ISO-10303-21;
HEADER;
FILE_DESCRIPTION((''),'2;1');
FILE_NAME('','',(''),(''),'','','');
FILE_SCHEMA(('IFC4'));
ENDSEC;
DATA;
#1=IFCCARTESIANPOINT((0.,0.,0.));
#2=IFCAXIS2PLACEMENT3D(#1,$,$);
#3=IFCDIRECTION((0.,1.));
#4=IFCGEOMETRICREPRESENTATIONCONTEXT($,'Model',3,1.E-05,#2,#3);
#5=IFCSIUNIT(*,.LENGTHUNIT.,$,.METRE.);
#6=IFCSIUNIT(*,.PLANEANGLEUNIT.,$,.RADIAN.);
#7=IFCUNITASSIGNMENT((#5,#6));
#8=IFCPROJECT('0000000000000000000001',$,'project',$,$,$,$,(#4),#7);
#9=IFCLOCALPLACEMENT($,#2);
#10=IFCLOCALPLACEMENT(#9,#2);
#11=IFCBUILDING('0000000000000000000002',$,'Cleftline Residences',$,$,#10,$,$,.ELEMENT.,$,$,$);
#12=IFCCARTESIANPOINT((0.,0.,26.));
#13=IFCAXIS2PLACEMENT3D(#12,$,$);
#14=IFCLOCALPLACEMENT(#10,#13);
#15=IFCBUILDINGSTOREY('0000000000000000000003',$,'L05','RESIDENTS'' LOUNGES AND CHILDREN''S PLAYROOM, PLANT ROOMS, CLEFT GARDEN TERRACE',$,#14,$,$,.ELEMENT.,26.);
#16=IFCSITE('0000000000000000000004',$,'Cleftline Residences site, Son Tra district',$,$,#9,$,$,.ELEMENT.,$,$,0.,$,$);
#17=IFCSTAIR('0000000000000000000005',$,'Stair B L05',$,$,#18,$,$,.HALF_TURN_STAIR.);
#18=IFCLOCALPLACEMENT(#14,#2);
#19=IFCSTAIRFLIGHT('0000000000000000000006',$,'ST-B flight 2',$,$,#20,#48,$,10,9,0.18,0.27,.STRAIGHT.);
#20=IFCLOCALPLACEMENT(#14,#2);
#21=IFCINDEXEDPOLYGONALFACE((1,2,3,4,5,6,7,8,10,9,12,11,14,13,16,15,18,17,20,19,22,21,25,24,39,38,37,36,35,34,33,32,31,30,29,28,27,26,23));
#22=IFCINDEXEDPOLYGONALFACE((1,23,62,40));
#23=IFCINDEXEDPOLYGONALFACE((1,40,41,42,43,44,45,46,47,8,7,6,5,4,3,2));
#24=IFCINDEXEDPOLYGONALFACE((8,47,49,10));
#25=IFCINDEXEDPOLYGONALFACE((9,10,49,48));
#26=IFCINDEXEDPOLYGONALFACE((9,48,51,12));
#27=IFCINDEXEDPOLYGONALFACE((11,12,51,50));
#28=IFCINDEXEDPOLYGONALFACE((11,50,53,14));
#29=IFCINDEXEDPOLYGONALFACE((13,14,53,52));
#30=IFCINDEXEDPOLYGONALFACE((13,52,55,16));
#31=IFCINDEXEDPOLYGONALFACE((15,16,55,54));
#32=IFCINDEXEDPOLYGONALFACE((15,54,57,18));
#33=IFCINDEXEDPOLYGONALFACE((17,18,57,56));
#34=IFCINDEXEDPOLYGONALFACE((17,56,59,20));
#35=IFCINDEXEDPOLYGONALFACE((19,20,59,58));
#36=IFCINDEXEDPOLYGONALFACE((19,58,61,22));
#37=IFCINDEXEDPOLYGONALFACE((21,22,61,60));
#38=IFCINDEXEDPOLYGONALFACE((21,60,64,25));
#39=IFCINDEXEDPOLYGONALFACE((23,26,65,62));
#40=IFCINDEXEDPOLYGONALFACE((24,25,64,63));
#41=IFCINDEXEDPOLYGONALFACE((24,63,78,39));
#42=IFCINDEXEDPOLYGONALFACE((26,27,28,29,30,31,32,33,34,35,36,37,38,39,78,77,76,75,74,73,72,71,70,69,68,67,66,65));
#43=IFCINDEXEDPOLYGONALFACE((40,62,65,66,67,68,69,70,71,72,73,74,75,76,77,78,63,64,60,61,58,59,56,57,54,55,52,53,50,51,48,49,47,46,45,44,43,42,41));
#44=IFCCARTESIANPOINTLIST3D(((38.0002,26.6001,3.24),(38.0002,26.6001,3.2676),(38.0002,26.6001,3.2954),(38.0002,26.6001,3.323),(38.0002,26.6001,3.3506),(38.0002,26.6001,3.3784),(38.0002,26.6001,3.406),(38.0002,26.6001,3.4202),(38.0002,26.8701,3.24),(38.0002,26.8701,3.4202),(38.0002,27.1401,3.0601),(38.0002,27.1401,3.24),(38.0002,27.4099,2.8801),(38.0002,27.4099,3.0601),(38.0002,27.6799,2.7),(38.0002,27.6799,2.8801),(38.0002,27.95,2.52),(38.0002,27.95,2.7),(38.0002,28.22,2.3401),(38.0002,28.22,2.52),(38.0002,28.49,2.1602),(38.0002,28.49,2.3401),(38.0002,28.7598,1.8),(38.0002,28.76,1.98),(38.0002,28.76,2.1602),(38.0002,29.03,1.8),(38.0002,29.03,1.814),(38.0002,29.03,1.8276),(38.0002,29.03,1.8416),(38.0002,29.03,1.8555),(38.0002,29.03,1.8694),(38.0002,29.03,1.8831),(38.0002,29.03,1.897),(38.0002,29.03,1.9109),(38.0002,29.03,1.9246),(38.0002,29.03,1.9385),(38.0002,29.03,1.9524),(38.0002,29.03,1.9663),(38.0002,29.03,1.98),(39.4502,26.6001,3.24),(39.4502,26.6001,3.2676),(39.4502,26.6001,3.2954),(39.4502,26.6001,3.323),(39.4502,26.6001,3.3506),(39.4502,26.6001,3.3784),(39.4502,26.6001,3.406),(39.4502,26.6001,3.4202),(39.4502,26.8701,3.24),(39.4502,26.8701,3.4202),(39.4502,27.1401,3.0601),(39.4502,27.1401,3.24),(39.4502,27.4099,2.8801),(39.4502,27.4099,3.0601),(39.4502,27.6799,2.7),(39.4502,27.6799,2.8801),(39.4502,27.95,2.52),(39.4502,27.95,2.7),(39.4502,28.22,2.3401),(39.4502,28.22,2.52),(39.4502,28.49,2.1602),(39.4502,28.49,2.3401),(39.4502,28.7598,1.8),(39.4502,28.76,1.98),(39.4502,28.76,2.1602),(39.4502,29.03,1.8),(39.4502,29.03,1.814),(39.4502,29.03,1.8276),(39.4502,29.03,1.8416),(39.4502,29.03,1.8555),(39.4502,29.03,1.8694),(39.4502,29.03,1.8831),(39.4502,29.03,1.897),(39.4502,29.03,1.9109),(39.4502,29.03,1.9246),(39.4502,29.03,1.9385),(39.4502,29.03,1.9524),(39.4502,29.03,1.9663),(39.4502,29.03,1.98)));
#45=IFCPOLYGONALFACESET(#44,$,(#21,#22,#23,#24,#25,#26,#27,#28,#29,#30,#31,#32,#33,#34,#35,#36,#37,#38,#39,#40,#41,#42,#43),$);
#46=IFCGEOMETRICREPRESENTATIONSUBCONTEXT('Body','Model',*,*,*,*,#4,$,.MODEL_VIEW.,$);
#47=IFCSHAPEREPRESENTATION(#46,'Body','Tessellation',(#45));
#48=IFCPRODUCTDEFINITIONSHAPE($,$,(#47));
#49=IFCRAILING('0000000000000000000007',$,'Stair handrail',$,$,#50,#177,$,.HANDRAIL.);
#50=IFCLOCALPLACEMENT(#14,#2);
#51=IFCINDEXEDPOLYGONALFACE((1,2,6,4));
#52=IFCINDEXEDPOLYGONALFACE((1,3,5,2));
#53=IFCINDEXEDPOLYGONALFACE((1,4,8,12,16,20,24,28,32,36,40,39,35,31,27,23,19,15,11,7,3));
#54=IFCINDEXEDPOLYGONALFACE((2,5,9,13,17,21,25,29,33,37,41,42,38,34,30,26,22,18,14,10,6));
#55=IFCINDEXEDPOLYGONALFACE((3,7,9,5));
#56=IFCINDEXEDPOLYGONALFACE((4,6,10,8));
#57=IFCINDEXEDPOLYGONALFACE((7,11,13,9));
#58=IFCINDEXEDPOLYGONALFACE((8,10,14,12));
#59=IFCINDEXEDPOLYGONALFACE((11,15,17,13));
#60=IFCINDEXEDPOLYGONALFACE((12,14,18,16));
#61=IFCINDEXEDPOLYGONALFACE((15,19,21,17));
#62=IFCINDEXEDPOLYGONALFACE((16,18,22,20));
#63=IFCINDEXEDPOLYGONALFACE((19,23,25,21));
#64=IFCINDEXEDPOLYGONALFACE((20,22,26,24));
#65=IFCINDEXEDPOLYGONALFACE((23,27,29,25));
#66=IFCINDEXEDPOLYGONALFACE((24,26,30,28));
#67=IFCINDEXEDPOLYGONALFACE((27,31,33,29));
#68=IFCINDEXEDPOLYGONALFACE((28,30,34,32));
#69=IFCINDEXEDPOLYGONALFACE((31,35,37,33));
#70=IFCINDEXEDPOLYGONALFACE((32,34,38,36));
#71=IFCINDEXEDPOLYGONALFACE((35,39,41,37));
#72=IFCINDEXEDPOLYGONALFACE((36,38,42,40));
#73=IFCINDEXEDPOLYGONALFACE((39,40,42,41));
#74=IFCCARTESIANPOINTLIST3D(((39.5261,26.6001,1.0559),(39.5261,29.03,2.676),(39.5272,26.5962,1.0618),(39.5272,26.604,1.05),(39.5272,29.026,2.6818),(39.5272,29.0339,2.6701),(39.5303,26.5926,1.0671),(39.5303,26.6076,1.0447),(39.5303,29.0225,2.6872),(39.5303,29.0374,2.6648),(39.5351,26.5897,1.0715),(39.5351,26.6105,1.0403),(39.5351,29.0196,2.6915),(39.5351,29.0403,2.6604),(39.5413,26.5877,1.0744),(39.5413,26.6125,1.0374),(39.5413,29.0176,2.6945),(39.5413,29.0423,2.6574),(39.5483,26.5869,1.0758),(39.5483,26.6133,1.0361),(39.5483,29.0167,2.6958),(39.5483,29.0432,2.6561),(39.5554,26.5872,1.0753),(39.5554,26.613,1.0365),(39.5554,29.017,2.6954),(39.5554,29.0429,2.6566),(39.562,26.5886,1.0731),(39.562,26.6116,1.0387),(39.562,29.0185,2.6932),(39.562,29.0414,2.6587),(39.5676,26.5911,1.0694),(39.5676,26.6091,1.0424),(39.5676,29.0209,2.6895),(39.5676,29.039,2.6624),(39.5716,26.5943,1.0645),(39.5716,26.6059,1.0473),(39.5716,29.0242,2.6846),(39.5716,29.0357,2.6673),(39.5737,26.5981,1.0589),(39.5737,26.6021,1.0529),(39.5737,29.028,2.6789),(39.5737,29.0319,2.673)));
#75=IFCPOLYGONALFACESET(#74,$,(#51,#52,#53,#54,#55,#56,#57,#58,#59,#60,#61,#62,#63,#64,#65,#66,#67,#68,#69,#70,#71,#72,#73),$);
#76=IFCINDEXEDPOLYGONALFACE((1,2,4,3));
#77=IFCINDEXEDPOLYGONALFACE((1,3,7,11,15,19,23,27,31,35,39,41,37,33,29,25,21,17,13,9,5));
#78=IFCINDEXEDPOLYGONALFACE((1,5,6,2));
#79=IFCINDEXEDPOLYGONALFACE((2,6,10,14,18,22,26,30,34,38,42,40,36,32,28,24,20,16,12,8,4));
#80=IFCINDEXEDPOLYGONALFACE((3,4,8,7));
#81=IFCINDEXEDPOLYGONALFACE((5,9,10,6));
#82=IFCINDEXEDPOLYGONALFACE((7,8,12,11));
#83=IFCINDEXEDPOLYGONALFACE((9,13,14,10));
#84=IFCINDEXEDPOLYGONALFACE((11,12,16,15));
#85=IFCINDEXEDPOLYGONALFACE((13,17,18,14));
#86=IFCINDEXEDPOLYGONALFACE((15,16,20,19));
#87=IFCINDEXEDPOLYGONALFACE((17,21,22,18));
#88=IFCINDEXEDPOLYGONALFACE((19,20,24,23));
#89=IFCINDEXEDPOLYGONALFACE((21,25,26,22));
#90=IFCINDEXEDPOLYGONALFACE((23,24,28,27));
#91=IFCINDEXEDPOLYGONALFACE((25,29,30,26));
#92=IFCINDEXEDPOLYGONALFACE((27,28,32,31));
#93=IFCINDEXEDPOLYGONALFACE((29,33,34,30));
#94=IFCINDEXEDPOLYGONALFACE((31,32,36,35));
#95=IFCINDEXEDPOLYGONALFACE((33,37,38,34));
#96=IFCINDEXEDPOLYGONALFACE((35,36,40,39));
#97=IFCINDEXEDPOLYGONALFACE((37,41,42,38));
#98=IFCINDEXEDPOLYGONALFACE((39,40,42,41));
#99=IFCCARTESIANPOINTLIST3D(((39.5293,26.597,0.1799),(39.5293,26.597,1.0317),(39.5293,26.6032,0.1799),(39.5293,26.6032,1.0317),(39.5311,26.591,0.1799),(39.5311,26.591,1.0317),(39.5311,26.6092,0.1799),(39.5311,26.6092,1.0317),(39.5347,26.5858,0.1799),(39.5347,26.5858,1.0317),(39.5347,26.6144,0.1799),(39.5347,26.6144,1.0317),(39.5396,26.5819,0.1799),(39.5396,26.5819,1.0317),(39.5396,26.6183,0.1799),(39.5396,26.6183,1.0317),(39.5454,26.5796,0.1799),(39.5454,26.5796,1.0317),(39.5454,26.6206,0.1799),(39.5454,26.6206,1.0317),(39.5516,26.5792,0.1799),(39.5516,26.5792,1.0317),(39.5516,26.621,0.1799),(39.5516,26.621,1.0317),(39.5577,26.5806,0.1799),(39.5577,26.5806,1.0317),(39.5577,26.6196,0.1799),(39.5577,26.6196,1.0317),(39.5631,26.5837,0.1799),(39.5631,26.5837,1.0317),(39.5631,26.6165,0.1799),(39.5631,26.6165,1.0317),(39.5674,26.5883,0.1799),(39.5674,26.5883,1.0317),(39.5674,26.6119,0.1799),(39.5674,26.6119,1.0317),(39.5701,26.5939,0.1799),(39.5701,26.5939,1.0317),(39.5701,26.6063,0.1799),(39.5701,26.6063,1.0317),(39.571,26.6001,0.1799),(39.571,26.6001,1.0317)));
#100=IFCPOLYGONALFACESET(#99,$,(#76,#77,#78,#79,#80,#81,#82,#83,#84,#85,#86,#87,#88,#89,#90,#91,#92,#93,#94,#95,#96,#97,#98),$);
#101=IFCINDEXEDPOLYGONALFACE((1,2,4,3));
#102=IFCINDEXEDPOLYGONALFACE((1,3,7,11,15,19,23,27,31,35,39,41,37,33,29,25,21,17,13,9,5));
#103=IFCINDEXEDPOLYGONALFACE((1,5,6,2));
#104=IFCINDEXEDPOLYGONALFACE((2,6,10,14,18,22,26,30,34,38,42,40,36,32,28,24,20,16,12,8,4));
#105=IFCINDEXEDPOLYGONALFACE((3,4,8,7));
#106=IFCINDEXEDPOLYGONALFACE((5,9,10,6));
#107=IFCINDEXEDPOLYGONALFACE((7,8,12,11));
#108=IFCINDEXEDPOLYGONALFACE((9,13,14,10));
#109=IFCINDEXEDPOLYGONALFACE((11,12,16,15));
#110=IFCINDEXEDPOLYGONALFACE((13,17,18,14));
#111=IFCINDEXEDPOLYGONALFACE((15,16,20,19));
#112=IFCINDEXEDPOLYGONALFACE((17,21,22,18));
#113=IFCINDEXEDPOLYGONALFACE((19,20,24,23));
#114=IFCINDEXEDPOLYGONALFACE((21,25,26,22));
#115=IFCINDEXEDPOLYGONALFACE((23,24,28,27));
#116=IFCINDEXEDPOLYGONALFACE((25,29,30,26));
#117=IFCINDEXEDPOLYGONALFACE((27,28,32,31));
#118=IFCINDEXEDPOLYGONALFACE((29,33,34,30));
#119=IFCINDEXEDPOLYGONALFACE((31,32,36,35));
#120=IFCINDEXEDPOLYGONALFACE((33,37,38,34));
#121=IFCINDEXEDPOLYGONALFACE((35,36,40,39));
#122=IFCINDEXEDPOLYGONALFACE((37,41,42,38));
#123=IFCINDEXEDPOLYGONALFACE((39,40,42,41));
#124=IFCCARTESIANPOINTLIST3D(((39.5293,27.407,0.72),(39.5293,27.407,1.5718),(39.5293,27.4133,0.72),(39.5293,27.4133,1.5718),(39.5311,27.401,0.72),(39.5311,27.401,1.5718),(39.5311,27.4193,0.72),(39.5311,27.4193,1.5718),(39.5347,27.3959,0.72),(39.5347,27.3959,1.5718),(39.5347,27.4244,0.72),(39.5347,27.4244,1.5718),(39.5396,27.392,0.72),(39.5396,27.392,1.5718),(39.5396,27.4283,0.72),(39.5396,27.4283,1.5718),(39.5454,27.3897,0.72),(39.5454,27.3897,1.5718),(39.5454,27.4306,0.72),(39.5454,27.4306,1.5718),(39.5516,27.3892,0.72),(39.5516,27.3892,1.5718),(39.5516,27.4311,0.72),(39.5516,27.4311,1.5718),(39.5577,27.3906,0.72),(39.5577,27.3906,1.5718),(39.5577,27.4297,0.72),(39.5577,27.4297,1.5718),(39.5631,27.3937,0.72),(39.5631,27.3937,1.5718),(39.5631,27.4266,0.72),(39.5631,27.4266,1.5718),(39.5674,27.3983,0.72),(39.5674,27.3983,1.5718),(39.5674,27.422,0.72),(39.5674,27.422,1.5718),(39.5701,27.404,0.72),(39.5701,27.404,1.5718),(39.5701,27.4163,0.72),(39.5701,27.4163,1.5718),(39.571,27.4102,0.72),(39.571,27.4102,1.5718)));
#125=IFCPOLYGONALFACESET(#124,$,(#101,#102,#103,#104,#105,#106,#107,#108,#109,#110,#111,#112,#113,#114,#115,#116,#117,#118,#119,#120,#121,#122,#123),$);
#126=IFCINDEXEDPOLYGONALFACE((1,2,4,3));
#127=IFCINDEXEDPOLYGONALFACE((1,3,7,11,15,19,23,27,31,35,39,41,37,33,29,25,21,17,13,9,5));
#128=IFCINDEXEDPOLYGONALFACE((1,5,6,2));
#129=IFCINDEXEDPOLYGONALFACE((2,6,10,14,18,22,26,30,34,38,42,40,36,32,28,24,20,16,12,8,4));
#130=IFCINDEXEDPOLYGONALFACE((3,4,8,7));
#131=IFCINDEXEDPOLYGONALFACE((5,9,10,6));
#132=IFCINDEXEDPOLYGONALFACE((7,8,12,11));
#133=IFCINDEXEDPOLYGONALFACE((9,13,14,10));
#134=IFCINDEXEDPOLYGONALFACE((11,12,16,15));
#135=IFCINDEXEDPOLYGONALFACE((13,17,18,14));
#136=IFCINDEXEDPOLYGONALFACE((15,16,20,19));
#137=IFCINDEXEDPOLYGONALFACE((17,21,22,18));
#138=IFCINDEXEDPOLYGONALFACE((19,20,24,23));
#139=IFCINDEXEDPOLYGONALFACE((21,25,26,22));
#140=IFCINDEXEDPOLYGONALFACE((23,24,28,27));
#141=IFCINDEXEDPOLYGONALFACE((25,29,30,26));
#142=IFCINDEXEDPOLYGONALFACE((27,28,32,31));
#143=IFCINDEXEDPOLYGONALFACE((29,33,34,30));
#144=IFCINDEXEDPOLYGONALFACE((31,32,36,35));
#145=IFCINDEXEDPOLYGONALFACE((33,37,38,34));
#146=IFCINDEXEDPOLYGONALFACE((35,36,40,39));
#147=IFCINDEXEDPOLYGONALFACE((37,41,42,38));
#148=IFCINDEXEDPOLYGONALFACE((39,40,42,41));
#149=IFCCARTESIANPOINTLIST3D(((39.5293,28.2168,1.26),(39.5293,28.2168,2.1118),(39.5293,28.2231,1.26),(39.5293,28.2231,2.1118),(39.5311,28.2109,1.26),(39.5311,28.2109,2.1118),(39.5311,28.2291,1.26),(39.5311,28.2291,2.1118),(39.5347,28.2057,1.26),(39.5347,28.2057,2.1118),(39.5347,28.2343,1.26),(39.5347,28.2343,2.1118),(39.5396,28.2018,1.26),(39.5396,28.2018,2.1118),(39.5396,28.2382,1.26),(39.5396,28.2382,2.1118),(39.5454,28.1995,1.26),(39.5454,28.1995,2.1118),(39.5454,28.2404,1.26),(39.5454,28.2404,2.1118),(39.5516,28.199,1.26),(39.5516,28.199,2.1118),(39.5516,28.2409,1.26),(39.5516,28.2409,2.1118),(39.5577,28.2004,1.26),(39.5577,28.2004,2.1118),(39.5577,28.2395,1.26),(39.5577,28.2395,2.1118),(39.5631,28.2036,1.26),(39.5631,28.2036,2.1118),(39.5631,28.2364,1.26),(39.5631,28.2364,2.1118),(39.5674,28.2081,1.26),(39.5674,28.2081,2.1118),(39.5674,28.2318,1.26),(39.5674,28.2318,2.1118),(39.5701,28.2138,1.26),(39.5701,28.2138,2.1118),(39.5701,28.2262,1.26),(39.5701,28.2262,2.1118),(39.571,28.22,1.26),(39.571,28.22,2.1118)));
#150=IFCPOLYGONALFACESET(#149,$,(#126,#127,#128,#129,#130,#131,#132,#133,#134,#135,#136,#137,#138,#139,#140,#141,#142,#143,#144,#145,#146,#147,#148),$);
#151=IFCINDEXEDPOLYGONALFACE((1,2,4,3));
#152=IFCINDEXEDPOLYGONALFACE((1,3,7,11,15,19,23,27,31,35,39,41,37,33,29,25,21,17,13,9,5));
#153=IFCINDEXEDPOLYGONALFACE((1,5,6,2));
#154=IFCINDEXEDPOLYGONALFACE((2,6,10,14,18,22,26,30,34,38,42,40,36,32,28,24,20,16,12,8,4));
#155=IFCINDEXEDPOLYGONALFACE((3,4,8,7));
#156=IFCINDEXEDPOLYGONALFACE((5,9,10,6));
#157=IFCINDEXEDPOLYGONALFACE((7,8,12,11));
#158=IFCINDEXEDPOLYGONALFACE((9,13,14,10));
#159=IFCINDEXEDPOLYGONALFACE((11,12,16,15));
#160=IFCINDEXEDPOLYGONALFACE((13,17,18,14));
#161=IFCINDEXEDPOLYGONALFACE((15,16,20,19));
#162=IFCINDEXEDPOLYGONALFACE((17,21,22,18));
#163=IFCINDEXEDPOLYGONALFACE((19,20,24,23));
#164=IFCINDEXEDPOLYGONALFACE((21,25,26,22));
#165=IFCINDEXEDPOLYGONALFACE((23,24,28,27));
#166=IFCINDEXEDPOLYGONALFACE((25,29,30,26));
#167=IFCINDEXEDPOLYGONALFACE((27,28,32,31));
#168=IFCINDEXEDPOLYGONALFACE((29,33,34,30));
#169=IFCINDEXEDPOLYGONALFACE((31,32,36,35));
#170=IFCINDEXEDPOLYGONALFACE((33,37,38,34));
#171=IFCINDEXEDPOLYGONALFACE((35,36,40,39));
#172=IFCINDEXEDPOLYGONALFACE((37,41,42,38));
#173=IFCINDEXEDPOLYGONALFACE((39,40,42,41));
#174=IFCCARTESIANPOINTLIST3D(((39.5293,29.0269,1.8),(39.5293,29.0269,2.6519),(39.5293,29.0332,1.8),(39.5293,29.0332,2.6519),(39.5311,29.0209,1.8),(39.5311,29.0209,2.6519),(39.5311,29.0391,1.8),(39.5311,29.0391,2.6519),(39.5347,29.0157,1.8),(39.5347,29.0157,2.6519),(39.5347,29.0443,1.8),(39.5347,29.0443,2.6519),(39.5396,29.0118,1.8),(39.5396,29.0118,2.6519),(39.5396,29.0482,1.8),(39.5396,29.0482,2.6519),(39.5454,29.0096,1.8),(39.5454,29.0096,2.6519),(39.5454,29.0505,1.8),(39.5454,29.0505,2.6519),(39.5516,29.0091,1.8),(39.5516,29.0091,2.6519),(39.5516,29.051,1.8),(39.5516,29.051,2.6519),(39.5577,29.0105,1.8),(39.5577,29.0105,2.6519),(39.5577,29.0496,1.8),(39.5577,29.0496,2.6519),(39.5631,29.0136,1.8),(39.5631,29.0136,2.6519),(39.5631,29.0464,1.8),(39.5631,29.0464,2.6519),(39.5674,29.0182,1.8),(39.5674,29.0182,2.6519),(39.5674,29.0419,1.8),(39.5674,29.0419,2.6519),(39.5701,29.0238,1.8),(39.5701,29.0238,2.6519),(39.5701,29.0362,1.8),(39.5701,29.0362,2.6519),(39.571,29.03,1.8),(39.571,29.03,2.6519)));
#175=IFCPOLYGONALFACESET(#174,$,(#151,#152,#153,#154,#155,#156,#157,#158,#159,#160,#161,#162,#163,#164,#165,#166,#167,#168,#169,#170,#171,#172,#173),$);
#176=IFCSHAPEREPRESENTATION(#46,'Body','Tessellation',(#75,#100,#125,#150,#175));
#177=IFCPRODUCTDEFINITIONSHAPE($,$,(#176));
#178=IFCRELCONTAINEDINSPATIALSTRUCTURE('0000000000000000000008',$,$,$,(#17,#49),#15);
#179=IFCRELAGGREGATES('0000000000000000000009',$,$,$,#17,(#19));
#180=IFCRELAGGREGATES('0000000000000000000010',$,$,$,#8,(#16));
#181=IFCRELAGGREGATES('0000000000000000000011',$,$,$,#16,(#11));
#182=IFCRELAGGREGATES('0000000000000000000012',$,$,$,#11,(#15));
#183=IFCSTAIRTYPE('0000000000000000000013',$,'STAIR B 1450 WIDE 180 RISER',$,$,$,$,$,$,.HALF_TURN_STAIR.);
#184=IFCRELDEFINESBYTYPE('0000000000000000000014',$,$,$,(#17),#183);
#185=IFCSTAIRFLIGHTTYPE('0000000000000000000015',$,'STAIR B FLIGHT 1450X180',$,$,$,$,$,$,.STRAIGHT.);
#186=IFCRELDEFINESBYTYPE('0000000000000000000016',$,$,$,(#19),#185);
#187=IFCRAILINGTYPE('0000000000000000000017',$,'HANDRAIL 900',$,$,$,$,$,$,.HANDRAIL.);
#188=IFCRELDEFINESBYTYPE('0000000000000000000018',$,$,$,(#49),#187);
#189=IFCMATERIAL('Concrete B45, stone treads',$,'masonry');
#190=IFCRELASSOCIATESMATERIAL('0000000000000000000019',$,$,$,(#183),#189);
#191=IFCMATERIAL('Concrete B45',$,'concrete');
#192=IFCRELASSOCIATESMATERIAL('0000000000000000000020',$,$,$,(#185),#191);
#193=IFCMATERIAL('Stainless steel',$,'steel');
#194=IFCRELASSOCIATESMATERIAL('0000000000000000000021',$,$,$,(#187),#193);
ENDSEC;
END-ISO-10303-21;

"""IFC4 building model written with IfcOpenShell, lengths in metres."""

from ifc_helpers import new_model, si_unit, direction, frame, origin, origin_2d, place, context, subcontext, project, spatial, polyline, circle, outline, extrude, material, type_object, element, aggregate, save


model = new_model("IFC4")

# Units and contexts
model_context = context("Model", 3, precision=1e-05, world=origin(), true_north=direction((0.0, 1.0)))
body_context = subcontext(model_context, "Body", "Model", "MODEL_VIEW")
ifc_project = project(units=[si_unit("LENGTHUNIT", "METRE"), si_unit("PLANEANGLEUNIT", "RADIAN")], contexts=[model_context])

# Site, building, storey
site_placement = place(None, origin())
site = spatial("IfcSite", under=ifc_project, at=site_placement, Name="Cleftline Residences site, Son Tra district", CompositionType="ELEMENT", RefElevation=0.0)
building_placement = place(site_placement, origin())
building = spatial("IfcBuilding", under=site, at=building_placement, Name="Cleftline Residences", CompositionType="ELEMENT")
storey_placement = place(building_placement, frame((0.0, 0.0, 26.0)))
storey = spatial("IfcBuildingStorey", under=building, at=storey_placement, Name="L05", Description="RESIDENTS' LOUNGES AND CHILDREN'S PLAYROOM, PLANT ROOMS, CLEFT GARDEN TERRACE", CompositionType="ELEMENT", Elevation=26.0)

# Stair, stair flight
ifc_material_1 = material(Name="Concrete B45, stone treads", Category="masonry")
stair_type = type_object("IfcStairType", Name="STAIR B 1450 WIDE 180 RISER", PredefinedType="HALF_TURN_STAIR", material=ifc_material_1)
stair_placement = place(storey_placement, origin())
stair = element("IfcStair", 1, at=stair_placement, inside=storey, type_object=stair_type, Name="Stair B L05", PredefinedType="HALF_TURN_STAIR")
ifc_material_2 = material(Name="Concrete B45", Category="concrete")
stair_flight_type = type_object("IfcStairFlightType", Name="STAIR B FLIGHT 1450X180", PredefinedType="STRAIGHT", material=ifc_material_2)
stair_flight_1_placement = place(storey_placement, frame((38.7251, 29.03, 1.8), z_axis=(0.0, 0.0, 1.0), x_axis=(0.0, -1.0, 0.0)))
stair_flight_1 = element("IfcStairFlight", 2, at=stair_flight_1_placement, type_object=stair_flight_type, Name="ST-B flight 2", NumberOfRisers=10, NumberOfTreads=9, PredefinedType="STRAIGHT", RiserHeight=0.18, TreadLength=0.27, context=body_context, shape_type="SweptSolid", body=[
    extrude(outline(polyline([(0.0, 0.0), (0.0, 0.0139), (0.0, 0.0276), (0.0, 0.0415), (0.0, 0.0554), (0.0, 0.0693), (0.0, 0.083), (0.0, 0.0969), (0.0, 0.1108), (0.0, 0.1245), (0.0, 0.1384), (0.0, 0.1523), (0.0, 0.1663), (0.0, 0.1799), (0.27, 0.1799), (0.27, 0.3601), (0.54, 0.3601), (0.54, 0.54), (0.8101, 0.54), (0.8101, 0.72), (1.0801, 0.72), (1.0801, 0.8999), (1.3501, 0.8999), (1.3501, 1.0801), (1.6201, 1.0801), (1.6201, 1.26), (1.8899, 1.26), (1.8899, 1.4399), (2.1599, 1.4399), (2.1599, 1.6201), (2.4299, 1.6201), (2.4299, 1.8), (2.4299, 1.7722), (2.4299, 1.7446), (2.4299, 1.7168), (2.4299, 1.6892), (2.4299, 1.6614), (2.4299, 1.6338), (2.4299, 1.606), (2.4299, 1.5784), (2.4299, 1.5505), (2.4299, 1.5229), (2.4299, 1.4954), (2.4299, 1.4675), (2.4299, 1.4399), (0.2703, 0.0), (0.0, 0.0)])), frame((0.0, 0.7251, 0.0), z_axis=(0.0, -1.0, 0.0), x_axis=(1.0, 0.0, 0.0)), (0.0, 0.0, 1.0), 1.45),
])
aggregate(stair, [stair_flight_1])

# Railing
ifc_material_3 = material(Name="Stainless steel", Category="steel")
railing_type = type_object("IfcRailingType", Name="HANDRAIL 900", PredefinedType="HANDRAIL", material=ifc_material_3)
railing_1_placement = place(storey_placement, frame((39.55, 26.6001, 0.1799)))
element("IfcRailing", 3, at=railing_1_placement, inside=storey, type_object=railing_type, Name="Stair handrail", PredefinedType="HANDRAIL", context=body_context, shape_type="SweptSolid", body=[
    extrude(circle(Radius=0.0239, at=origin_2d()), frame((0.0, 0.0, 0.876), z_axis=(0.0, 0.832025, 0.554739), x_axis=(-1.0, 0.0, 0.0)), (0.0, 0.0, 1.0), 2.9204),
    extrude(circle(Radius=0.021, at=origin_2d()), origin(), (0.0, 0.0, 1.0), 0.8518),
    extrude(circle(Radius=0.021, at=origin_2d()), frame((0.0, 0.8101, 0.54)), (0.0, 0.0, 1.0), 0.8518),
    extrude(circle(Radius=0.021, at=origin_2d()), frame((0.0, 1.6199, 1.0801)), (0.0, 0.0, 1.0), 0.8518),
    extrude(circle(Radius=0.021, at=origin_2d()), frame((0.0, 2.4299, 1.6201)), (0.0, 0.0, 1.0), 0.8518),
])

save(model, "model.ifc")
